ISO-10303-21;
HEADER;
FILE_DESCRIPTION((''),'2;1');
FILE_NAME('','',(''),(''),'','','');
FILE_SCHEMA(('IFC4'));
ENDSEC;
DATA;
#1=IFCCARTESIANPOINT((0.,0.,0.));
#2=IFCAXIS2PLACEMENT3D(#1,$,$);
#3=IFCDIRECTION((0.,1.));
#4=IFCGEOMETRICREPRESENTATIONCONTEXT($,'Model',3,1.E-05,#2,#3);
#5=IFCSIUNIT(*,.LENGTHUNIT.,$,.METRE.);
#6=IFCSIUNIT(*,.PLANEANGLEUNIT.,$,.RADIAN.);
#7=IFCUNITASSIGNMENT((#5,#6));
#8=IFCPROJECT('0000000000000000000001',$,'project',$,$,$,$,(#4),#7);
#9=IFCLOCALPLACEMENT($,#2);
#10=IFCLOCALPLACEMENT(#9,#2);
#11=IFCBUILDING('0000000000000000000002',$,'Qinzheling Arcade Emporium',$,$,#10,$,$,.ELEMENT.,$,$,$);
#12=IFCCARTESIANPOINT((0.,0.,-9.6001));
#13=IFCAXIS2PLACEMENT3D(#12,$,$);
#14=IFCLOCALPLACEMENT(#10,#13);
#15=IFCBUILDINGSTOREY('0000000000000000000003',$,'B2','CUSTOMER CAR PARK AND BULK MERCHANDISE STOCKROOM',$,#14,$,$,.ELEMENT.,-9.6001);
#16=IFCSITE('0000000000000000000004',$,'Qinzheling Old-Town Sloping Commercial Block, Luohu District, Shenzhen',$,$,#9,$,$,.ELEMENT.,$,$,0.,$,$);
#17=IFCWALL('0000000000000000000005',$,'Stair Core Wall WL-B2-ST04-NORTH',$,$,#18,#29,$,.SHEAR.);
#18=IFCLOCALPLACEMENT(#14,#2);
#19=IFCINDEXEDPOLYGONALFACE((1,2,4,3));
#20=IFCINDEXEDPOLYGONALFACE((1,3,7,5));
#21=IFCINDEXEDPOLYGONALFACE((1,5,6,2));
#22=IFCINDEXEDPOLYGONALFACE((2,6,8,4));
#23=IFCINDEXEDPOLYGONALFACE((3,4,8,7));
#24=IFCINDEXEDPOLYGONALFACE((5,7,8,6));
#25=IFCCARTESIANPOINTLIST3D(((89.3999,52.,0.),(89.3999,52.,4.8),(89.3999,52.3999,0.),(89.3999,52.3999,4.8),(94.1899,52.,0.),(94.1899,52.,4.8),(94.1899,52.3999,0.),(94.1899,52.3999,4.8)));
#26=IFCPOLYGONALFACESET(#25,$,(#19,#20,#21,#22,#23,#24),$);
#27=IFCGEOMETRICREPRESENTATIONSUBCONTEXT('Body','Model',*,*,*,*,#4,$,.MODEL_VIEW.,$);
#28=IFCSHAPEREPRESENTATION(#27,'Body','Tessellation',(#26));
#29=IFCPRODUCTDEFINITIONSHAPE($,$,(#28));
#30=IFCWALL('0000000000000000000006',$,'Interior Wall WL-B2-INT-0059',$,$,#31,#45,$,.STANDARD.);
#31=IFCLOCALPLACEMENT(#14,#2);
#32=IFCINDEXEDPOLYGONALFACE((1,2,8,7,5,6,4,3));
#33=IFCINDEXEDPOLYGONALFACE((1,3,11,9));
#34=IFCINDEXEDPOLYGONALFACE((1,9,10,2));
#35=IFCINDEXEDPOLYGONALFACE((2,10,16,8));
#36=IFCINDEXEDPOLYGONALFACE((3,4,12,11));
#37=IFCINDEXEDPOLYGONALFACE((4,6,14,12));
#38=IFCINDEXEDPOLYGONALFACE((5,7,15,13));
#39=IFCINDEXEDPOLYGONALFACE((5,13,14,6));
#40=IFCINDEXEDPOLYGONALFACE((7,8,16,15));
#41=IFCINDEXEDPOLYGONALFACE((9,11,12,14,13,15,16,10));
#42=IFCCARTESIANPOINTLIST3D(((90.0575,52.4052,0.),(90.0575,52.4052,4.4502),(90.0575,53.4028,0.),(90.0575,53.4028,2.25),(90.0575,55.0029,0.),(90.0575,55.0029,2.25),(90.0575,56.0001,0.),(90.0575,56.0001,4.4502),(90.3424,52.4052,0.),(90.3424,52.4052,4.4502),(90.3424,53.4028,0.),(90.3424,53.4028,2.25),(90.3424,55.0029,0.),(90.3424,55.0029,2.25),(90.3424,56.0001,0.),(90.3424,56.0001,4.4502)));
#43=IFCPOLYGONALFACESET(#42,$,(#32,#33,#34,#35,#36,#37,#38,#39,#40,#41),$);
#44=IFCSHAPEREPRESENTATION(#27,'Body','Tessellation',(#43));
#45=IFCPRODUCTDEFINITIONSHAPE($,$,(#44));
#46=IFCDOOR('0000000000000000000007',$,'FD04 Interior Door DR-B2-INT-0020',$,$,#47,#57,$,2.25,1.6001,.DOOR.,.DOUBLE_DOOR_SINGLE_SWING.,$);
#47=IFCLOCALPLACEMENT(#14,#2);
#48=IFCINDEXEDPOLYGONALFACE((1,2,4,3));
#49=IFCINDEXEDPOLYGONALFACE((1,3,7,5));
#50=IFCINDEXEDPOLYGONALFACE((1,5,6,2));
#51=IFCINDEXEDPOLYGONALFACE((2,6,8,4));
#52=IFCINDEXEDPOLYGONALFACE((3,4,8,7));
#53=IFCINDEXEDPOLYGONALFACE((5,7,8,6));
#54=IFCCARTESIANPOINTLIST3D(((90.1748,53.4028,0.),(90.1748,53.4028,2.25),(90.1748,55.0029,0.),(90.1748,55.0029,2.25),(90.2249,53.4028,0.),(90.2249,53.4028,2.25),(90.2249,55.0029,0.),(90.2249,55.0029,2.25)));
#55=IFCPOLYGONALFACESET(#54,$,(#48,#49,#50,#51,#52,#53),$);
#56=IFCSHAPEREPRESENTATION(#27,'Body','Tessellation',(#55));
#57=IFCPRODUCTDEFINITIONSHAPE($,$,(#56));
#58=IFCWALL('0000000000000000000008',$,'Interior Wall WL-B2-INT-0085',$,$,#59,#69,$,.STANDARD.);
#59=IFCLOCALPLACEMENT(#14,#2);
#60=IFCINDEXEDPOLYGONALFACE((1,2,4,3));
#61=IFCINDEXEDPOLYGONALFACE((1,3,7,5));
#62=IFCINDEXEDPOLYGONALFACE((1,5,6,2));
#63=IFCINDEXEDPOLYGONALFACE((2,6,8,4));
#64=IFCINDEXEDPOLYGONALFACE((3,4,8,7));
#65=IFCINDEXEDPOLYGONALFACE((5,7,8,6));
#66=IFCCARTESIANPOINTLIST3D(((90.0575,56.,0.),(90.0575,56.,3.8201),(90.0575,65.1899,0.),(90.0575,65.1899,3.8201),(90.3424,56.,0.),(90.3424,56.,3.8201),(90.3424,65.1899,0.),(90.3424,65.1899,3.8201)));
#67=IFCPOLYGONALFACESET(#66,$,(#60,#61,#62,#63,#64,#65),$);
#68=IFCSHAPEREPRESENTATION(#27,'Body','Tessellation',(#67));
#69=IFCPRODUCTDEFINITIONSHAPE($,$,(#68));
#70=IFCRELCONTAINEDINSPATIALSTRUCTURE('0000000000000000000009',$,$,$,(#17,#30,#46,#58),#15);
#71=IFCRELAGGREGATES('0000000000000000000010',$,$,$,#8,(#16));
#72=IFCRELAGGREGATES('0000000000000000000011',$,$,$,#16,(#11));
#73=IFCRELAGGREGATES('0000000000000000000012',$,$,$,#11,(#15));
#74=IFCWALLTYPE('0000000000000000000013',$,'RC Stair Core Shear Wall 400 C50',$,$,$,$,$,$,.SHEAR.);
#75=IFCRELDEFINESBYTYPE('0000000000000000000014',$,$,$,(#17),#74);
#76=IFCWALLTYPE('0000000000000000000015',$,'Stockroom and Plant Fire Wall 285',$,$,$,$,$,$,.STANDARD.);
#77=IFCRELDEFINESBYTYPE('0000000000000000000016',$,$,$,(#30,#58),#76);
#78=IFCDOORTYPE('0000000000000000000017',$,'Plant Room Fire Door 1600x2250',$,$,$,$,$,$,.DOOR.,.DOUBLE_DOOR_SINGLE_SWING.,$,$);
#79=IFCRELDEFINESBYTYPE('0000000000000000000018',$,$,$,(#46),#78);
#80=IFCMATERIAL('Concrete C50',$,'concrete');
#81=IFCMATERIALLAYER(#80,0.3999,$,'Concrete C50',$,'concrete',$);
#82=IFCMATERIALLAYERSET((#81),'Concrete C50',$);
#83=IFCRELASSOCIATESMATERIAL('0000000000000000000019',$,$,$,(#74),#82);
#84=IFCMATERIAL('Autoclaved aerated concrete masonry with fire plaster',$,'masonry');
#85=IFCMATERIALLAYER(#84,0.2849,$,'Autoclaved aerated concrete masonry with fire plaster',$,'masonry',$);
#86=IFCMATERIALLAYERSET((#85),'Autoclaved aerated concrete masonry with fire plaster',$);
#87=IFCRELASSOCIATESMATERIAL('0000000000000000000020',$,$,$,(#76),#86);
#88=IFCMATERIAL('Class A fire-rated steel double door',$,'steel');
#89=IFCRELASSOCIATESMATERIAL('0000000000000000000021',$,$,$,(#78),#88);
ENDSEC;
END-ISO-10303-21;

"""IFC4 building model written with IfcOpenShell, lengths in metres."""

from ifc_helpers import new_model, si_unit, direction, frame, frame_2d, origin, place, context, subcontext, project, spatial, rectangle, extrude, material, layer, layer_set, type_object, element, fill, save


model = new_model("IFC4")

# Units and contexts
model_context = context("Model", 3, precision=1e-05, world=origin(), true_north=direction((0.0, 1.0)))
body_context = subcontext(model_context, "Body", "Model", "MODEL_VIEW")
ifc_project = project(units=[si_unit("LENGTHUNIT", "METRE"), si_unit("PLANEANGLEUNIT", "RADIAN")], contexts=[model_context])

# Site, building, storey
site_placement = place(None, origin())
site = spatial("IfcSite", under=ifc_project, at=site_placement, Name="Qinzheling Old-Town Sloping Commercial Block, Luohu District, Shenzhen", CompositionType="ELEMENT", RefElevation=0.0)
building_placement = place(site_placement, origin())
building = spatial("IfcBuilding", under=site, at=building_placement, Name="Qinzheling Arcade Emporium", CompositionType="ELEMENT")
storey_placement = place(building_placement, frame((0.0, 0.0, -9.6001)))
storey = spatial("IfcBuildingStorey", under=building, at=storey_placement, Name="B2", Description="CUSTOMER CAR PARK AND BULK MERCHANDISE STOCKROOM", CompositionType="ELEMENT", Elevation=-9.6001)

# Shared definitions
ifc_material_1 = material(Name="Concrete C50", Category="concrete")

# Wall
ifc_layer_1 = layer(ifc_material_1, 0.3999, Name="Concrete C50", Category="concrete")
ifc_layer_set_1 = layer_set([ifc_layer_1], Name="Concrete C50")
wall_type_1 = type_object("IfcWallType", Name="RC Stair Core Shear Wall 400 C50", PredefinedType="SHEAR", material=ifc_layer_set_1)
wall_1_placement = place(storey_placement, frame((89.3999, 52.2, 0.0), z_axis=(0.0, 0.0, 1.0), x_axis=(1.0, 0.0, 0.0)))
element("IfcWall", 1, at=wall_1_placement, inside=storey, type_object=wall_type_1, Name="Stair Core Wall WL-B2-ST04-NORTH", PredefinedType="SHEAR", context=body_context, shape_type="SweptSolid", body=[
    extrude(rectangle(XDim=4.79, YDim=0.3999, at=frame_2d((2.395, 0.0))), origin(), (0.0, 0.0, 1.0), 4.8),
])

# Wall, opening, door
ifc_material_2 = material(Name="Autoclaved aerated concrete masonry with fire plaster", Category="masonry")
ifc_layer_2 = layer(ifc_material_2, 0.2849, Name="Autoclaved aerated concrete masonry with fire plaster", Category="masonry")
ifc_layer_set_2 = layer_set([ifc_layer_2], Name="Autoclaved aerated concrete masonry with fire plaster")
wall_type_2 = type_object("IfcWallType", Name="Stockroom and Plant Fire Wall 285", PredefinedType="STANDARD", material=ifc_layer_set_2)
wall_2_placement = place(storey_placement, frame((90.2, 56.0, 0.0), z_axis=(0.0, 0.0, 1.0), x_axis=(0.0, -1.0, 0.0)))
wall_2 = element("IfcWall", 2, at=wall_2_placement, inside=storey, type_object=wall_type_2, Name="Interior Wall WL-B2-INT-0059", PredefinedType="STANDARD", context=body_context, shape_type="SweptSolid", body=[
    extrude(rectangle(XDim=3.595, YDim=0.2849, at=frame_2d((1.7974, 0.0))), origin(), (0.0, 0.0, 1.0), 4.4502),
])
opening_1_placement = place(wall_2_placement, frame((0.9971, 0.0, 0.0)))
opening_1 = element("IfcOpeningElement", 3, at=opening_1_placement, cuts=wall_2, PredefinedType="OPENING", context=body_context, shape_type="SweptSolid", body=[
    extrude(rectangle(XDim=1.6001, YDim=2.25, at=frame_2d((0.8, 1.125))), frame((0.0, 0.1523, 0.0), z_axis=(0.0, -1.0, 0.0), x_axis=(1.0, 0.0, 0.0)), (0.0, 0.0, 1.0), 0.3049),
])
ifc_material_3 = material(Name="Class A fire-rated steel double door", Category="steel")
door_type_1 = type_object("IfcDoorType", Name="Plant Room Fire Door 1600x2250", OperationType="DOUBLE_DOOR_SINGLE_SWING", PredefinedType="DOOR", material=ifc_material_3)
door_1_placement = place(opening_1_placement, origin())
door_1 = element("IfcDoor", 4, at=door_1_placement, inside=storey, type_object=door_type_1, Name="FD04 Interior Door DR-B2-INT-0020", OperationType="DOUBLE_DOOR_SINGLE_SWING", OverallHeight=2.25, OverallWidth=1.6001, PredefinedType="DOOR", context=body_context, shape_type="SweptSolid", body=[
    extrude(rectangle(XDim=1.6001, YDim=2.25, at=frame_2d((0.8, 1.125))), frame((0.0, 0.0249, 0.0), z_axis=(0.0, -1.0, 0.0), x_axis=(1.0, 0.0, 0.0)), (0.0, 0.0, 1.0), 0.05),
])
fill(opening_1, door_1)

# Wall
wall_3_placement = place(storey_placement, frame((90.2, 56.0, 0.0), z_axis=(0.0, 0.0, 1.0), x_axis=(0.0, 1.0, 0.0)))
element("IfcWall", 5, at=wall_3_placement, inside=storey, type_object=wall_type_2, Name="Interior Wall WL-B2-INT-0085", PredefinedType="STANDARD", context=body_context, shape_type="SweptSolid", body=[
    extrude(rectangle(XDim=9.1899, YDim=0.2849, at=frame_2d((4.595, 0.0))), origin(), (0.0, 0.0, 1.0), 3.8201),
])

save(model, "model.ifc")
